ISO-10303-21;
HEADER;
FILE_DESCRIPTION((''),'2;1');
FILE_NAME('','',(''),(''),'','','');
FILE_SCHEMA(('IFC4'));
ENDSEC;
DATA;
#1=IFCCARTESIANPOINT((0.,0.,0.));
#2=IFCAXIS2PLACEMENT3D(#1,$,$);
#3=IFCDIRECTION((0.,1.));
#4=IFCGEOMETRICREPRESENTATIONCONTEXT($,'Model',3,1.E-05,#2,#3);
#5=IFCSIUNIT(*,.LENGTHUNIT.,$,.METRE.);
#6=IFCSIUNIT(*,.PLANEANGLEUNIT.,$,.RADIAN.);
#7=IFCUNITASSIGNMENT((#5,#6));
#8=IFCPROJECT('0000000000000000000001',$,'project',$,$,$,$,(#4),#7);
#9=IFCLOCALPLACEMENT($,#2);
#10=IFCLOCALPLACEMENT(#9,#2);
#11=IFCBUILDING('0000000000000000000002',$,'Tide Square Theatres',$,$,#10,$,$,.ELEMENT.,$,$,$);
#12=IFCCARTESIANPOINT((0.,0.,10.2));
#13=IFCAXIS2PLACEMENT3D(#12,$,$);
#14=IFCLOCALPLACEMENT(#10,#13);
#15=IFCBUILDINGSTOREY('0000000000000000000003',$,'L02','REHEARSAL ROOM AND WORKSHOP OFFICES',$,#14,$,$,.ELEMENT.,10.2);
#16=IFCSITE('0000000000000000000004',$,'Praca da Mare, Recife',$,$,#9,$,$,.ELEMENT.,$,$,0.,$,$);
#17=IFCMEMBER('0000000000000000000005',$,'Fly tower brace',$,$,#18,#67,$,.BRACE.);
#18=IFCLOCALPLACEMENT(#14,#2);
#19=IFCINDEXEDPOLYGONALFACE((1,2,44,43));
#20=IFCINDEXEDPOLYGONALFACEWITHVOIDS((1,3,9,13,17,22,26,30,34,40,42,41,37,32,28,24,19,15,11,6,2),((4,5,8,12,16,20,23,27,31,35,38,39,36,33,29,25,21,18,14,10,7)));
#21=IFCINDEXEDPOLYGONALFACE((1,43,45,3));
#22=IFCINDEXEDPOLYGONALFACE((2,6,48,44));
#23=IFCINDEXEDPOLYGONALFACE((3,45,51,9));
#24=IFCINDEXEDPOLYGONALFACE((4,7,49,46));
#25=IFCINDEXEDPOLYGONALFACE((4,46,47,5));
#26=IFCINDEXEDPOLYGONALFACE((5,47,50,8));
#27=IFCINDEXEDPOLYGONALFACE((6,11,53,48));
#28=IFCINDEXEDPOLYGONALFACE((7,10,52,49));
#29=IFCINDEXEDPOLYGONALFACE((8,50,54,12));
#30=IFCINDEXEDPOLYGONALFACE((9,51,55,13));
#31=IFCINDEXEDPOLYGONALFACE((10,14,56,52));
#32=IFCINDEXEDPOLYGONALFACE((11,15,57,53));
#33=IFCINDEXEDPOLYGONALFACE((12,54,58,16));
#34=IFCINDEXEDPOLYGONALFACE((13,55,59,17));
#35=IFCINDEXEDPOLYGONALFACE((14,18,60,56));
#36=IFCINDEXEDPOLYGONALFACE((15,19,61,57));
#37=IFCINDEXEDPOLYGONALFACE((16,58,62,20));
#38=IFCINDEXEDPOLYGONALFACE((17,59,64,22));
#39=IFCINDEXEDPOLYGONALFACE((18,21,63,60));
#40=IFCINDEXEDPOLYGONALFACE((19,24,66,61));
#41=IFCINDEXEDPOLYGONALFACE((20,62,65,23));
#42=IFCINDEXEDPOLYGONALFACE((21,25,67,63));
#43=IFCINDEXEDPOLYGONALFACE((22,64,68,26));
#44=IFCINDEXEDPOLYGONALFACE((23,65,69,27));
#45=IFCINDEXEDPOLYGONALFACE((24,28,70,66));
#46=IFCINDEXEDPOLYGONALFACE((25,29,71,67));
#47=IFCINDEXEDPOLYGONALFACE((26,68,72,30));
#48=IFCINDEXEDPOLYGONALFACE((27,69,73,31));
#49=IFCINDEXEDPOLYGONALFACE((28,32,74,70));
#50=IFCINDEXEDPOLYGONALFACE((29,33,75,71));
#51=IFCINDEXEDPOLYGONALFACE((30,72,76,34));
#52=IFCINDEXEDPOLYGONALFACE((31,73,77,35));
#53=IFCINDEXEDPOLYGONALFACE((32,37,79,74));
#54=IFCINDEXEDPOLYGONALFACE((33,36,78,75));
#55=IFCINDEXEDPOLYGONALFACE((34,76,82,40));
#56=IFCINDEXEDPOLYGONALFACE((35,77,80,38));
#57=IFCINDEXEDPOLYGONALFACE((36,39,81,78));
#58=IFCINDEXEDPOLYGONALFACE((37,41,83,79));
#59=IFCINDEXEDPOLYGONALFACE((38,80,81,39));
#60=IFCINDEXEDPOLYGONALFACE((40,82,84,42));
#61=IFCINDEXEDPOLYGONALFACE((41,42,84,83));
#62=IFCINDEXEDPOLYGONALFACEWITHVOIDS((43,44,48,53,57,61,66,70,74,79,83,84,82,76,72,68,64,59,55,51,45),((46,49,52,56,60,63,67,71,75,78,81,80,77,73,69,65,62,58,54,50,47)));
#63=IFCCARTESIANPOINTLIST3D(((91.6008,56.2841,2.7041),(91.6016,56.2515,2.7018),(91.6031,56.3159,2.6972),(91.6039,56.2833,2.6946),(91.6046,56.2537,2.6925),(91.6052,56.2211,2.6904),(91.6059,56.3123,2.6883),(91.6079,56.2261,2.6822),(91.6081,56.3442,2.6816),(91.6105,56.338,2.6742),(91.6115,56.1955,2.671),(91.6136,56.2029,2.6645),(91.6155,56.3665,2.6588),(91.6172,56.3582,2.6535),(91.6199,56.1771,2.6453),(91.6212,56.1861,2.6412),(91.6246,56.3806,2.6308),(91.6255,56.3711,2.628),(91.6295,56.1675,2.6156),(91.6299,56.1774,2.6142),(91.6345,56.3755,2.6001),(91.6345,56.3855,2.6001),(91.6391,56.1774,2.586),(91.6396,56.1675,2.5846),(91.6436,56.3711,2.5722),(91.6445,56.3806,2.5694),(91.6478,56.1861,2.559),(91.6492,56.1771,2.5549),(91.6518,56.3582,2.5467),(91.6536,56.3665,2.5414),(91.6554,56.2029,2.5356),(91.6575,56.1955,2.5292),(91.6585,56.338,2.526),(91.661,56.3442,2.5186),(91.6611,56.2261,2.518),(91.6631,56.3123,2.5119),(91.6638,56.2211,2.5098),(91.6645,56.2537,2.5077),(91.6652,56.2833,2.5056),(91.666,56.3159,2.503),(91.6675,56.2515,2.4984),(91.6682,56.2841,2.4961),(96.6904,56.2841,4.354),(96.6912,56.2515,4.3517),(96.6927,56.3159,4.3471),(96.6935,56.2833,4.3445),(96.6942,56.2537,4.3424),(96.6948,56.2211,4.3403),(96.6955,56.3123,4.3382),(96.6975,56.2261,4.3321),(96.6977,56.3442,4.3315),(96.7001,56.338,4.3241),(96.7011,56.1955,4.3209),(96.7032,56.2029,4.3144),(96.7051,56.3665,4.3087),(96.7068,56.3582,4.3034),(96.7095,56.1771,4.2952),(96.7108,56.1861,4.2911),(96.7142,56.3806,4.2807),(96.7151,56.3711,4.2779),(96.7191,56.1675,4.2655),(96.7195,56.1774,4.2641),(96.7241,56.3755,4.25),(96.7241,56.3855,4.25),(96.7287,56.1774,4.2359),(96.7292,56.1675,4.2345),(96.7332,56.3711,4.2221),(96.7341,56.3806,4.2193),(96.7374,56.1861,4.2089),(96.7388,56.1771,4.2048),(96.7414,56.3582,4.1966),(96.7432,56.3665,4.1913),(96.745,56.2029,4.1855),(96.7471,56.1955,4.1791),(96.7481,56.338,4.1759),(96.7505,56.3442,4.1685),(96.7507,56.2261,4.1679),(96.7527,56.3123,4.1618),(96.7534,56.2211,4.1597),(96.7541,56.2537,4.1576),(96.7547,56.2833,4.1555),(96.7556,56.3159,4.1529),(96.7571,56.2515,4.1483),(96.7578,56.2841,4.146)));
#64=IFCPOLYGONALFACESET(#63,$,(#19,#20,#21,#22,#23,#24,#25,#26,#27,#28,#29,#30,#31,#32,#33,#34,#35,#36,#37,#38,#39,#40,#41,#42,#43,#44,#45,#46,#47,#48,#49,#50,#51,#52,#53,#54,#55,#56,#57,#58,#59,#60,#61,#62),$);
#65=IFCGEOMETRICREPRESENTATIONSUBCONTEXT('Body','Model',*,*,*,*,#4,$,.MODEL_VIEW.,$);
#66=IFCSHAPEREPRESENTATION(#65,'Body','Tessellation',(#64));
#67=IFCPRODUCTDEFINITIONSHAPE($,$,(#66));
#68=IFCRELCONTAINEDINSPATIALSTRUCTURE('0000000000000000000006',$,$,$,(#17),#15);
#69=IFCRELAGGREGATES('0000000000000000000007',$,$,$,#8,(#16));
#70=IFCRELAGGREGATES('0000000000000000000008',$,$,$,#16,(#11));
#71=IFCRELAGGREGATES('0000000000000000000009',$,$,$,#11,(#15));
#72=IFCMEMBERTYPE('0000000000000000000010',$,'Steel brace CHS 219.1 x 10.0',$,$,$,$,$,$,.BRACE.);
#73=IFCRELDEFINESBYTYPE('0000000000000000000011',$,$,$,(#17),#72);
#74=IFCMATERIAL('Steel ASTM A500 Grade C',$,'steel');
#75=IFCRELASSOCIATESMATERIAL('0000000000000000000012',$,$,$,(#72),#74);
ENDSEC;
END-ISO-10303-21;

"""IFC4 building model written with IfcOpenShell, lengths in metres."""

from ifc_helpers import new_model, si_unit, direction, frame, origin, origin_2d, place, context, subcontext, project, spatial, hollow_circle, extrude, material, material_profile, profile_set, type_object, element, save


model = new_model("IFC4")

# Units and contexts
model_context = context("Model", 3, precision=1e-05, world=origin(), true_north=direction((0.0, 1.0)))
body_context = subcontext(model_context, "Body", "Model", "MODEL_VIEW")
ifc_project = project(units=[si_unit("LENGTHUNIT", "METRE"), si_unit("PLANEANGLEUNIT", "RADIAN")], contexts=[model_context])

# Site, building, storey
site_placement = place(None, origin())
site = spatial("IfcSite", under=ifc_project, at=site_placement, Name="Praca da Mare, Recife", CompositionType="ELEMENT", RefElevation=0.0)
building_placement = place(site_placement, origin())
building = spatial("IfcBuilding", under=site, at=building_placement, Name="Tide Square Theatres", CompositionType="ELEMENT")
storey_placement = place(building_placement, frame((0.0, 0.0, 10.2)))
storey = spatial("IfcBuildingStorey", under=building, at=storey_placement, Name="L02", Description="REHEARSAL ROOM AND WORKSHOP OFFICES", CompositionType="ELEMENT", Elevation=10.2)

# Member
ifc_material_1 = material(Name="Steel ASTM A500 Grade C", Category="steel")
ifc_material_profile_1 = material_profile(ifc_material_1, hollow_circle(Radius=0.1096, WallThickness=0.01, at=origin_2d()))
ifc_profile_set_1 = profile_set([ifc_material_profile_1], Name="Steel ASTM A500 Grade C")
member_type = type_object("IfcMemberType", Name="Steel brace CHS 219.1 x 10.0", PredefinedType="BRACE", material=ifc_profile_set_1)
member_placement = place(storey_placement, frame((91.6345, 56.2759, 2.6001), z_axis=(0.951266, 0.0, 0.308373), x_axis=(0.0, 1.0, 0.0)))
element("IfcMember", 1, at=member_placement, inside=storey, type_object=member_type, Name="Fly tower brace", PredefinedType="BRACE", context=body_context, shape_type="SweptSolid", body=[
    extrude(hollow_circle(Radius=0.1096, WallThickness=0.01, at=origin_2d()), origin(), (0.0, 0.0, 1.0), 5.3503),
])

save(model, "model.ifc")
